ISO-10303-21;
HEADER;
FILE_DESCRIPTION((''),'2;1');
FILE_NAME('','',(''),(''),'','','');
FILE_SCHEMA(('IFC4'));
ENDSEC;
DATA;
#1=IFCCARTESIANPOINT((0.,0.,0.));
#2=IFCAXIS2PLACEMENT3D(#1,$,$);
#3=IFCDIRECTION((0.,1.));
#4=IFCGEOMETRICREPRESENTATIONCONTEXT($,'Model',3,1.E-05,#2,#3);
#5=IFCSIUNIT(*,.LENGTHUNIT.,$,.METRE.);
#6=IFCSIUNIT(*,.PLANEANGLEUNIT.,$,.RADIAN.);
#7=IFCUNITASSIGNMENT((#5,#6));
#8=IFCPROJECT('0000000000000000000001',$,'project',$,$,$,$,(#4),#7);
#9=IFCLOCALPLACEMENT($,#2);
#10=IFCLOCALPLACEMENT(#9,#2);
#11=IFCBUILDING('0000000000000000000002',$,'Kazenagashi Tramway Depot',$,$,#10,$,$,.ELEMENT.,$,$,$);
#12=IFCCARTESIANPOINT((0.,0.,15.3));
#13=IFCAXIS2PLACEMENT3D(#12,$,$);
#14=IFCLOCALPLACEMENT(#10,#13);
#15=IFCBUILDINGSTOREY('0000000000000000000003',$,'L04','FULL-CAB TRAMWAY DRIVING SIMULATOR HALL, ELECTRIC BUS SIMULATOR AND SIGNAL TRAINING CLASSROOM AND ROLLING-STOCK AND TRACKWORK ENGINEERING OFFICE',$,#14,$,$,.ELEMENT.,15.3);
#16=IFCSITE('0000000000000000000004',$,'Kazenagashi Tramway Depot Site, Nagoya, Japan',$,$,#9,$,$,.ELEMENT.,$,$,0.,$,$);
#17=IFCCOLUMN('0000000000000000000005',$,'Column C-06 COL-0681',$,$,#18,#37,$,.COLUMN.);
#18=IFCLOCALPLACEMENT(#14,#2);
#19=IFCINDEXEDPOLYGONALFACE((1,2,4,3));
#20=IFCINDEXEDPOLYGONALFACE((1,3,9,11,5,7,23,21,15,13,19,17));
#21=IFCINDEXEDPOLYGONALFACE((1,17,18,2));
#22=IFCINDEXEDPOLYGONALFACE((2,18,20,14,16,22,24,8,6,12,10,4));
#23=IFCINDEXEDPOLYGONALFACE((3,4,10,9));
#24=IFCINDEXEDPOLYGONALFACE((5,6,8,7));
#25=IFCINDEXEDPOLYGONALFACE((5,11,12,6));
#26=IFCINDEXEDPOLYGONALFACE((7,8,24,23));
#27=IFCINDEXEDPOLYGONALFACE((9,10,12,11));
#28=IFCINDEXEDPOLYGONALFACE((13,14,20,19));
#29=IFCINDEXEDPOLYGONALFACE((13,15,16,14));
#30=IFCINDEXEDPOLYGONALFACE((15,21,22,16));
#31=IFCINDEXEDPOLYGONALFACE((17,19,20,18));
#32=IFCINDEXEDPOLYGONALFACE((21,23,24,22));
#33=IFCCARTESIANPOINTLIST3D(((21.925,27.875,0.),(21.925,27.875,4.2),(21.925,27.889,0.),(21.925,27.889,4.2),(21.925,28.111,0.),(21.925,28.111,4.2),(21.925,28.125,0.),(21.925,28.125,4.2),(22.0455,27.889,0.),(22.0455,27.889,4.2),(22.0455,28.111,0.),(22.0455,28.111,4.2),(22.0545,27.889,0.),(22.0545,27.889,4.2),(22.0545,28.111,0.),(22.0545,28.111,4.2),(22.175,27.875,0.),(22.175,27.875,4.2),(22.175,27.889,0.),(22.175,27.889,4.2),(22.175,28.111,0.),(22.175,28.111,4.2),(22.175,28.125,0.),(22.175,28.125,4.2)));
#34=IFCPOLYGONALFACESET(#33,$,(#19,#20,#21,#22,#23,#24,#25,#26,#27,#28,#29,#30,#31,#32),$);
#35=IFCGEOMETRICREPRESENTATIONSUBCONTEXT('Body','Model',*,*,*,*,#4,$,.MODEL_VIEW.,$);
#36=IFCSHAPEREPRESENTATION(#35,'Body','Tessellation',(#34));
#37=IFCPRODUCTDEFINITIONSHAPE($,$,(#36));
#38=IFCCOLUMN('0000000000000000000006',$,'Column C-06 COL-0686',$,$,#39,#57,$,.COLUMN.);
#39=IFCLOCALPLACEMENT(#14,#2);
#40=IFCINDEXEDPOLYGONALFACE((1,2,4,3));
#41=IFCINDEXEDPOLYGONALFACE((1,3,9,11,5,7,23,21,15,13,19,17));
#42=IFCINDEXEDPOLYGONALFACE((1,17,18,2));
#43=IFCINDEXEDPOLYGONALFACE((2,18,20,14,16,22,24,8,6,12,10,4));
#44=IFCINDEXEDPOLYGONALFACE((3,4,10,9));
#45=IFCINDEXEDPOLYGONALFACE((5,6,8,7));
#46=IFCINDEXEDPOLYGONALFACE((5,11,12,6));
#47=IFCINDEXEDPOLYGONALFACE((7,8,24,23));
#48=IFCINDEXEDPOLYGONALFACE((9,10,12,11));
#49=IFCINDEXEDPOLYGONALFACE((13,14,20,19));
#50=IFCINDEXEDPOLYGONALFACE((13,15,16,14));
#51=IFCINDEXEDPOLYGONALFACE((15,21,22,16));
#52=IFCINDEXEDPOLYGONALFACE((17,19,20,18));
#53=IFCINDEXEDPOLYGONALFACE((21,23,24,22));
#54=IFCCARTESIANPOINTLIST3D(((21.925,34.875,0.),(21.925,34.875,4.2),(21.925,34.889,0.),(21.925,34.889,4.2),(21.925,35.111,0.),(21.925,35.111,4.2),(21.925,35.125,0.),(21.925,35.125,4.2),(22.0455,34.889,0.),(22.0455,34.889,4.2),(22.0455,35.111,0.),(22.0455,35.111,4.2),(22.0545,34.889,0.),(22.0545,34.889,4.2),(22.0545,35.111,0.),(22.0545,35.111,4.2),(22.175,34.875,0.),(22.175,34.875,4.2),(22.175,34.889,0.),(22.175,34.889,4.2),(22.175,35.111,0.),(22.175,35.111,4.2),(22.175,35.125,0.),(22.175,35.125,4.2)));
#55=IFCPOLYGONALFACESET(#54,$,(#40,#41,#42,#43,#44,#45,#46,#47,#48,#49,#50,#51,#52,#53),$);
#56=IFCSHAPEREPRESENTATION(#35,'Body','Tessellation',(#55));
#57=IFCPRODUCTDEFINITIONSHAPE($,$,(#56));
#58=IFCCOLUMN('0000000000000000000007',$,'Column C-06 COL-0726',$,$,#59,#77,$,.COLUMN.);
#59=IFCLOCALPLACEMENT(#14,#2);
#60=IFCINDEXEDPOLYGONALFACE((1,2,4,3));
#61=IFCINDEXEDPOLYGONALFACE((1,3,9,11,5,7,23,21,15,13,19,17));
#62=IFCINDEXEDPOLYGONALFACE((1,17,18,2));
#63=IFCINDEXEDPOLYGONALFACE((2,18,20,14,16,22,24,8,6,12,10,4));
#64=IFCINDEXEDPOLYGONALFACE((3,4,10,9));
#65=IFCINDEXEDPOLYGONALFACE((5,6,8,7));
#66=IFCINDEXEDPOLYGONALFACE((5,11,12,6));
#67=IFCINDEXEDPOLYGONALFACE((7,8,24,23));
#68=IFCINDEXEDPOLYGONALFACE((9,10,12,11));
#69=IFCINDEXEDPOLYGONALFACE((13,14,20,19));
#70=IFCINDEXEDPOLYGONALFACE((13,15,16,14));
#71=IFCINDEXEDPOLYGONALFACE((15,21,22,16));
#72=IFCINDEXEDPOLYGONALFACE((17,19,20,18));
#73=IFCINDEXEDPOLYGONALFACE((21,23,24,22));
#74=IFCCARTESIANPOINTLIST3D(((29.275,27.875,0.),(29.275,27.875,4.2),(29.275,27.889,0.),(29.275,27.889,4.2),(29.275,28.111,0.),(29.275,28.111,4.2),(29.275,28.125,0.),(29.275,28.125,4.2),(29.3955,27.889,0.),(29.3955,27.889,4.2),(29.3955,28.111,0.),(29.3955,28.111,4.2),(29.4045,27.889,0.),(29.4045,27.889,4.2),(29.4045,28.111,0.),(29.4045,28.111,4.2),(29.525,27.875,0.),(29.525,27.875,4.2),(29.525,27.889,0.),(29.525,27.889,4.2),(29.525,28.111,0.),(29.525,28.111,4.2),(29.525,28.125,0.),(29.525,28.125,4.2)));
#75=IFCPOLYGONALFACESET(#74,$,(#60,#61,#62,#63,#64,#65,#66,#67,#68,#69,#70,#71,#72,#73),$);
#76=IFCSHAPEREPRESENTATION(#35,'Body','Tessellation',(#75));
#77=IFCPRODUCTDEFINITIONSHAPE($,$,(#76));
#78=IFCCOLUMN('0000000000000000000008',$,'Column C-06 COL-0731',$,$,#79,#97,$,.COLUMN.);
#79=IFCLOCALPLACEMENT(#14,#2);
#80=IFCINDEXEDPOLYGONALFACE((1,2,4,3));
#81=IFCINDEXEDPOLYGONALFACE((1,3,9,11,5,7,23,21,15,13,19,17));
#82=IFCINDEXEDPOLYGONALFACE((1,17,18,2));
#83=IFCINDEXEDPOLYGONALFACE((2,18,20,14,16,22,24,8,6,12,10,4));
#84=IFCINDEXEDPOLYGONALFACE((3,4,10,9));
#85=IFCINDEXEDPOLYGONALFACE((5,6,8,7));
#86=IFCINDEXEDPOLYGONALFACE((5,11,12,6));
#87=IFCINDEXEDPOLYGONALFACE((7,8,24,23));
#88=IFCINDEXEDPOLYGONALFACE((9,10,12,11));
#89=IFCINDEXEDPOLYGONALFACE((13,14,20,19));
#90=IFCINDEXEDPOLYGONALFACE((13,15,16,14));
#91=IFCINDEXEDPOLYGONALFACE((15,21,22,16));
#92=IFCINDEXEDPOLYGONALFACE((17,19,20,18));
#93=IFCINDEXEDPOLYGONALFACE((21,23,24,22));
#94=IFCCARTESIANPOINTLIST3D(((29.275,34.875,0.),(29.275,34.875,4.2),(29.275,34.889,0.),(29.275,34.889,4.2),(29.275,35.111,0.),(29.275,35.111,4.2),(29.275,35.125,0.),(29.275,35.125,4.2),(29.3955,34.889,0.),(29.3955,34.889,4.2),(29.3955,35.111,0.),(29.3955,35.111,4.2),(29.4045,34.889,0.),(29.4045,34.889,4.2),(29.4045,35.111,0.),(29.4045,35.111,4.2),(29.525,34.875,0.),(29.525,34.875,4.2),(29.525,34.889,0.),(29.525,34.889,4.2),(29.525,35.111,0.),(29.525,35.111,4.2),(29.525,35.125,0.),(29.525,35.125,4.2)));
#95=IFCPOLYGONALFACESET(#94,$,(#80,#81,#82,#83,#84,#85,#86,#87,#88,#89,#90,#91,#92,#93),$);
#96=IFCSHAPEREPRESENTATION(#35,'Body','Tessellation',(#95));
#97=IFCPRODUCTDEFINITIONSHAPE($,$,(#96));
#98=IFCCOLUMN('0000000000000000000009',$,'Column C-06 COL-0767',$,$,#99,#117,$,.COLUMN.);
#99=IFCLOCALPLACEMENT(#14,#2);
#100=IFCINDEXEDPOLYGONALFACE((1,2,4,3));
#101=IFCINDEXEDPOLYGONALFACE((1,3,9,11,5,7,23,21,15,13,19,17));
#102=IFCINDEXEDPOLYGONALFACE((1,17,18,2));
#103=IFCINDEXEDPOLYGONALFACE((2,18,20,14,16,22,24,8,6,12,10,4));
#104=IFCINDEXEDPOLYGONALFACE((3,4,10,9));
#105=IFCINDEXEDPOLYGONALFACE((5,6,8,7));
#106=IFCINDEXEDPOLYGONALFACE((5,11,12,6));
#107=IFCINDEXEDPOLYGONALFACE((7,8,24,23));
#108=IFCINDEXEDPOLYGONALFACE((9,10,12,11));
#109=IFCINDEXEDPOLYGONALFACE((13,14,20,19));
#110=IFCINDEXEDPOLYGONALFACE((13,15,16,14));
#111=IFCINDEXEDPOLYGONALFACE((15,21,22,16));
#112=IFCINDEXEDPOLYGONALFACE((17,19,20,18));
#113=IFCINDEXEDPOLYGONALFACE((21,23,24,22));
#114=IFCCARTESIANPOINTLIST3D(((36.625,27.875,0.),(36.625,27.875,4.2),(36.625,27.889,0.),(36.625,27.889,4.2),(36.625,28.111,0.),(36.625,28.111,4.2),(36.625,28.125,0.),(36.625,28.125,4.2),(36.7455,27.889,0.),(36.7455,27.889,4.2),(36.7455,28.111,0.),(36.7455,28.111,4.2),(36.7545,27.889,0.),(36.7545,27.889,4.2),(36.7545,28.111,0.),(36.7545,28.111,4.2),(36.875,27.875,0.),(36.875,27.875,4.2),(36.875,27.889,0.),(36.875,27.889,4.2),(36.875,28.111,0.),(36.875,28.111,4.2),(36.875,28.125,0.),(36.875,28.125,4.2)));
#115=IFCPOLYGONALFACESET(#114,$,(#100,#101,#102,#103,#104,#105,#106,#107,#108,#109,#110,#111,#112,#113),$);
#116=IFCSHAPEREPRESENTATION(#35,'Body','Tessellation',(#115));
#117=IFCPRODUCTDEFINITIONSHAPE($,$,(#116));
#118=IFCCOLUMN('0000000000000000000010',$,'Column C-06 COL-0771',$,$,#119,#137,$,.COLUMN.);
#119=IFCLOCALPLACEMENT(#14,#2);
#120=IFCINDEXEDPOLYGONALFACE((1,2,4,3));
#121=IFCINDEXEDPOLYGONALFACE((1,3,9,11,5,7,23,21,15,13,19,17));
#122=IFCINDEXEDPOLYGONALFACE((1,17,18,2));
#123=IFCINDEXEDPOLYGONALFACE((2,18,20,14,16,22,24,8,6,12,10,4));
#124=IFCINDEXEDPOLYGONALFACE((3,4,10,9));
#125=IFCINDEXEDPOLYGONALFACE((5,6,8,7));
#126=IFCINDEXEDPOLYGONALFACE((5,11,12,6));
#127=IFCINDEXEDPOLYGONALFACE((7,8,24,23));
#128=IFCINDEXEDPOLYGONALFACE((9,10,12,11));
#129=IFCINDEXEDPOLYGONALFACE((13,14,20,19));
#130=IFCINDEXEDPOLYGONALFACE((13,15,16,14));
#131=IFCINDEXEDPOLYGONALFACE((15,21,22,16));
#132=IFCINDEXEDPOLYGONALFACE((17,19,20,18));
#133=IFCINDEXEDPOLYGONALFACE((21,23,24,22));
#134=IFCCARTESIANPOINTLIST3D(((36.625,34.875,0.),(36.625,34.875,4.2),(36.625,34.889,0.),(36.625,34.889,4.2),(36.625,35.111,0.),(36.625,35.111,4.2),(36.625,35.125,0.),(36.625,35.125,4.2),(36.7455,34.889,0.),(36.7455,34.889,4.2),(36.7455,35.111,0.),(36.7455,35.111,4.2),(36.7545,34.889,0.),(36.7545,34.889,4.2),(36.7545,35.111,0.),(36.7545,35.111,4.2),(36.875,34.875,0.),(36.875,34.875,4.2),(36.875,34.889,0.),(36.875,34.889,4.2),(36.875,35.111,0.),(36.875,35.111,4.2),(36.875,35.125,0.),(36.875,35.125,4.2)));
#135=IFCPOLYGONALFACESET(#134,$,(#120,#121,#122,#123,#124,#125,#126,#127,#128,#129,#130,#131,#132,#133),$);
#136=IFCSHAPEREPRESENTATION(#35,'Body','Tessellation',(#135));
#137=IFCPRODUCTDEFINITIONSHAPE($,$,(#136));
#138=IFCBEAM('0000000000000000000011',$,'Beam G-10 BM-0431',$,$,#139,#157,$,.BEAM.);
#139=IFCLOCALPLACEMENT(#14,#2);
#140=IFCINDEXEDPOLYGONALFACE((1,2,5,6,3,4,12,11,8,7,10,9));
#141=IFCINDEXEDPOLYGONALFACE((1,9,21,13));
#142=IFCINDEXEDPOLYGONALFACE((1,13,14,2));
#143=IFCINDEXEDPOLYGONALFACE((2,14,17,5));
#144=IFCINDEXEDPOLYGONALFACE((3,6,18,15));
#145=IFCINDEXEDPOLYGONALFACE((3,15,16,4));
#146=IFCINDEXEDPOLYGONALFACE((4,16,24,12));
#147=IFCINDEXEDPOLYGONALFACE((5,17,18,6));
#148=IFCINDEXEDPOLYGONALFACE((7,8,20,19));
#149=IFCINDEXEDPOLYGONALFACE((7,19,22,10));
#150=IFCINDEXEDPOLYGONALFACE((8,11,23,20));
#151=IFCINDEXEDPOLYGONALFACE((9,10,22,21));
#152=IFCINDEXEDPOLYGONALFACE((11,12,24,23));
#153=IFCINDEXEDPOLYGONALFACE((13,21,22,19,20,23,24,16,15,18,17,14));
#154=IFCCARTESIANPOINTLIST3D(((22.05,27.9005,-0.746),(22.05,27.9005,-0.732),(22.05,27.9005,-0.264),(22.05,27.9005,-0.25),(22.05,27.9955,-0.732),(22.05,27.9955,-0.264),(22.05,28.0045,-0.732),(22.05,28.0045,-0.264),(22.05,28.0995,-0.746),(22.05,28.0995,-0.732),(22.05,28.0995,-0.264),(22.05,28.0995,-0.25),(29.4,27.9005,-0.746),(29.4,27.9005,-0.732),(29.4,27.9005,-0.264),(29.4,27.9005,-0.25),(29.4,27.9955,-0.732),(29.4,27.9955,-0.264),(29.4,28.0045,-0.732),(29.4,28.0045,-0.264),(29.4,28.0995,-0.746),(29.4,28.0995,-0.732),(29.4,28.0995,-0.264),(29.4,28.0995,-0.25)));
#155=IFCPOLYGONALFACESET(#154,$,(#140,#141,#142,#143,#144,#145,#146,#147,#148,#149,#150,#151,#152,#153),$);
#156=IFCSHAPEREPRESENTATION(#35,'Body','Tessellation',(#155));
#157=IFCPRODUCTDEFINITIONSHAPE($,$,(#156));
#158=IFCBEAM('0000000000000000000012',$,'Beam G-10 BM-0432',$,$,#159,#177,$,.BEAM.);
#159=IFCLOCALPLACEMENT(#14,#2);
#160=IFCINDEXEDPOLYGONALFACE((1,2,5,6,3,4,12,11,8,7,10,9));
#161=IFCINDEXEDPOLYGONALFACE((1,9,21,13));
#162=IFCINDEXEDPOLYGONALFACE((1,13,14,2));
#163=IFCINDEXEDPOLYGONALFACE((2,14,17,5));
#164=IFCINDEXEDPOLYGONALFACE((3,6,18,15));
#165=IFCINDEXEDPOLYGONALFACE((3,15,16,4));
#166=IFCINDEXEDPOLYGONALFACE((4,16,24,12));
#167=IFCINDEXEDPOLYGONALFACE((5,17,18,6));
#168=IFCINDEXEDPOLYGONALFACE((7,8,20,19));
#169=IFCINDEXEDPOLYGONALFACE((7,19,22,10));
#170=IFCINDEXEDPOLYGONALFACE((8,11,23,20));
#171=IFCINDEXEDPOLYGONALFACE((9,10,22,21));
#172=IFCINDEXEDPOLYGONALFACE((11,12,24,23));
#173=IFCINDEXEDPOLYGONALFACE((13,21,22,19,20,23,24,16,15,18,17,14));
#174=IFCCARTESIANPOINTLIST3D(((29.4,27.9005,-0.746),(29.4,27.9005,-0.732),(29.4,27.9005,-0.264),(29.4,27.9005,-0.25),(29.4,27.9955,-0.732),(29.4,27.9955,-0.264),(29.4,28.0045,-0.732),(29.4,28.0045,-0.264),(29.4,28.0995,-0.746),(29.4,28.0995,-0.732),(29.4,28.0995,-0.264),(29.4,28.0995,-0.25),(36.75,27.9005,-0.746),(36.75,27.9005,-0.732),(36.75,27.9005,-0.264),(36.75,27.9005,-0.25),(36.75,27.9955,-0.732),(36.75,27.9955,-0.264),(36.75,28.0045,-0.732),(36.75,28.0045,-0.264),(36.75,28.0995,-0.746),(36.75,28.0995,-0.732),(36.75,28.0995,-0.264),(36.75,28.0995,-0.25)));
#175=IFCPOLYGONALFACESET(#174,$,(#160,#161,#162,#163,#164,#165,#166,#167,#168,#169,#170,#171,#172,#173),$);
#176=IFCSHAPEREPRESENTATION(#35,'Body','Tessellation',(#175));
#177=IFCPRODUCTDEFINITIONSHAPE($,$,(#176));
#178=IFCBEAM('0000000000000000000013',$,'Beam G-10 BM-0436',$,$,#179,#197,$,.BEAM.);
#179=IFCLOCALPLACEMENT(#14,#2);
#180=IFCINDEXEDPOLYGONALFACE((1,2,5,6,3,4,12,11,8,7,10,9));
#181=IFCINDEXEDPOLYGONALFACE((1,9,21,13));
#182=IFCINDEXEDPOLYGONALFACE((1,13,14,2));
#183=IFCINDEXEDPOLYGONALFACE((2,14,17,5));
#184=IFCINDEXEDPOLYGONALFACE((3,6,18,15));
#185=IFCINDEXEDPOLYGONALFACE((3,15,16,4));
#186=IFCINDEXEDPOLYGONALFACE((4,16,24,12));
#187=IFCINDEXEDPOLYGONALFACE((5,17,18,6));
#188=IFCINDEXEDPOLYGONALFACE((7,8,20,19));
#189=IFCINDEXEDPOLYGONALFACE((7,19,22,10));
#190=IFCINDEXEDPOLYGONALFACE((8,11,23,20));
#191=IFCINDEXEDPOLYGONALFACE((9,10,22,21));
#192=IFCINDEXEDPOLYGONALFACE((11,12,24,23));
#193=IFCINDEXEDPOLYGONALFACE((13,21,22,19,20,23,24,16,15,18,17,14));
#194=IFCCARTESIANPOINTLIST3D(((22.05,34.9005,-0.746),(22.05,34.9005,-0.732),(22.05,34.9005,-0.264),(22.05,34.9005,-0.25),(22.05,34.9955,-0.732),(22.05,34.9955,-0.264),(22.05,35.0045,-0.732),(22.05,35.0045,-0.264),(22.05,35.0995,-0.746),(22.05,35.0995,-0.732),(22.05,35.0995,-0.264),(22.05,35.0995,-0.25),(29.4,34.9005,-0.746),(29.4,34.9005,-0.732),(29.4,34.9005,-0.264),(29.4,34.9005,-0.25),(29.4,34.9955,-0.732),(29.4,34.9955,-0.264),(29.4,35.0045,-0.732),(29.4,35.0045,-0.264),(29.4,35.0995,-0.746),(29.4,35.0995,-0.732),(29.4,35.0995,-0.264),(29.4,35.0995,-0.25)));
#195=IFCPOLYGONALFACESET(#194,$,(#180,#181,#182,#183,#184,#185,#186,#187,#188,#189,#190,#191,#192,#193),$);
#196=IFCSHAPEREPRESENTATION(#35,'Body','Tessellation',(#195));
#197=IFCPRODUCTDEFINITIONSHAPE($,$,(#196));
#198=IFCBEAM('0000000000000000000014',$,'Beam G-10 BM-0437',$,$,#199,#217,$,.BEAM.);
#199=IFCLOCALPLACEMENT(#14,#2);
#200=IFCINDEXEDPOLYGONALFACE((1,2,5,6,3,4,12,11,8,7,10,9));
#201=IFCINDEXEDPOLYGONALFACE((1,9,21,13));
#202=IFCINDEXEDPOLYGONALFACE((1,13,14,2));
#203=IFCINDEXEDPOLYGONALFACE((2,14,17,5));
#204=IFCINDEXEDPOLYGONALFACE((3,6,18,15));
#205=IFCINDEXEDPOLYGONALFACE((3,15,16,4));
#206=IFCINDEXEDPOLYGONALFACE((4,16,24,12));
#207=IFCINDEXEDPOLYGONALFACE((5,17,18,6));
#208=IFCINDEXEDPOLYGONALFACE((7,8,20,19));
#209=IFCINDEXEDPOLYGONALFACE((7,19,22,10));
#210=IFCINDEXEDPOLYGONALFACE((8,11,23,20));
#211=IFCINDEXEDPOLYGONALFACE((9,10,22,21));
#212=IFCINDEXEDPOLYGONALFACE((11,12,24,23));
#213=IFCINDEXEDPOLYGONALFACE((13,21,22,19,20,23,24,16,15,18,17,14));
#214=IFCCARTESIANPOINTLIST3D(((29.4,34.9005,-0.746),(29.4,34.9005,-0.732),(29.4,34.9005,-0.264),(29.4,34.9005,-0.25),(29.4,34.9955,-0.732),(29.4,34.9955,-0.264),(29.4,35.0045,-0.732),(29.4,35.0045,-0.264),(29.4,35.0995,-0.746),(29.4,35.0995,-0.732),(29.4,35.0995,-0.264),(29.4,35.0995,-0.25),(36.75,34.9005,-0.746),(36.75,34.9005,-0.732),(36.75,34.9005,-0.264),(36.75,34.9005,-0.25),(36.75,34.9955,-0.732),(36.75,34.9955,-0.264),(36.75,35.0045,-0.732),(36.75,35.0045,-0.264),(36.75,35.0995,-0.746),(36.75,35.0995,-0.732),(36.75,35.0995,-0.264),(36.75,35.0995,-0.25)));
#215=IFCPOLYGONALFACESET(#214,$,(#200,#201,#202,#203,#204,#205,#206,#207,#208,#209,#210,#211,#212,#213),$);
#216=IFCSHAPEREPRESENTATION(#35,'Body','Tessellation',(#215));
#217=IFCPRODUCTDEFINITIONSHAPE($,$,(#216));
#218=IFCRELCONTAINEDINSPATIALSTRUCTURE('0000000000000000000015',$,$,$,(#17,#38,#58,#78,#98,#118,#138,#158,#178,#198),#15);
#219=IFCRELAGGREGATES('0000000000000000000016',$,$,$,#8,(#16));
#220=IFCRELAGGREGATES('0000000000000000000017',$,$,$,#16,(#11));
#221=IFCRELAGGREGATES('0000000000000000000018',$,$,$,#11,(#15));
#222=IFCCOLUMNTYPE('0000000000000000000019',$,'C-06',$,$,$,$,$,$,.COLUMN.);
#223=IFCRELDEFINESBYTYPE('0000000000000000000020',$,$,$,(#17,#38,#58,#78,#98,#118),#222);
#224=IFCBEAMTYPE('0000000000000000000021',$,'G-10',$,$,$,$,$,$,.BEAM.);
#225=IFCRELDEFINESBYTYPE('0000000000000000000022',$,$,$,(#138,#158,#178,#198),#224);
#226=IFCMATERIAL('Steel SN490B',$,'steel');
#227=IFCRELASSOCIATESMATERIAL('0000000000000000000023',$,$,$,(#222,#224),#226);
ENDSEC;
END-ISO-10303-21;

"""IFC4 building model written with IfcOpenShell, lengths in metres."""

from ifc_helpers import new_model, si_unit, direction, frame, origin, origin_2d, place, context, subcontext, project, spatial, i_section, extrude, material, material_profile, profile_set, type_object, element, save


model = new_model("IFC4")

# Units and contexts
model_context = context("Model", 3, precision=1e-05, world=origin(), true_north=direction((0.0, 1.0)))
body_context = subcontext(model_context, "Body", "Model", "MODEL_VIEW")
ifc_project = project(units=[si_unit("LENGTHUNIT", "METRE"), si_unit("PLANEANGLEUNIT", "RADIAN")], contexts=[model_context])

# Site, building, storey
site_placement = place(None, origin())
site = spatial("IfcSite", under=ifc_project, at=site_placement, Name="Kazenagashi Tramway Depot Site, Nagoya, Japan", CompositionType="ELEMENT", RefElevation=0.0)
building_placement = place(site_placement, origin())
building = spatial("IfcBuilding", under=site, at=building_placement, Name="Kazenagashi Tramway Depot", CompositionType="ELEMENT")
storey_placement = place(building_placement, frame((0.0, 0.0, 15.3)))
storey = spatial("IfcBuildingStorey", under=building, at=storey_placement, Name="L04", Description="FULL-CAB TRAMWAY DRIVING SIMULATOR HALL, ELECTRIC BUS SIMULATOR AND SIGNAL TRAINING CLASSROOM AND ROLLING-STOCK AND TRACKWORK ENGINEERING OFFICE", CompositionType="ELEMENT", Elevation=15.3)

# Columns
ifc_material_1 = material(Name="Steel SN490B", Category="steel")
ifc_material_profile_1 = material_profile(ifc_material_1, i_section(OverallWidth=0.25, OverallDepth=0.25, WebThickness=0.009, FlangeThickness=0.014, at=origin_2d()), Name="H-250x250x9x14")
ifc_profile_set_1 = profile_set([ifc_material_profile_1], Name="Steel SN490B")
column_type = type_object("IfcColumnType", Name="C-06", PredefinedType="COLUMN", material=ifc_profile_set_1)
for number, where, z_axis, x_axis, name in (
    (1, (22.05, 28.0, 0.0), (0.0, 0.0, 1.0), (1.0, 0.0, 0.0), "Column C-06 COL-0681"),
    (2, (22.05, 35.0, 0.0), (0.0, 0.0, 1.0), (1.0, 0.0, 0.0), "Column C-06 COL-0686"),
    (3, (29.4, 28.0, 0.0), (0.0, 0.0, 1.0), (1.0, 0.0, 0.0), "Column C-06 COL-0726"),
    (4, (29.4, 35.0, 0.0), (0.0, 0.0, 1.0), (1.0, 0.0, 0.0), "Column C-06 COL-0731"),
    (5, (36.75, 28.0, 0.0), (0.0, 0.0, 1.0), (1.0, 0.0, 0.0), "Column C-06 COL-0767"),
    (6, (36.75, 35.0, 0.0), (0.0, 0.0, 1.0), (1.0, 0.0, 0.0), "Column C-06 COL-0771"),
):
    element("IfcColumn", number, at=place(storey_placement, frame(where, z_axis=z_axis, x_axis=x_axis)), inside=storey, type_object=column_type, Name=name, PredefinedType="COLUMN", context=body_context, shape_type="SweptSolid", body=[
        extrude(i_section(OverallWidth=0.25, OverallDepth=0.25, WebThickness=0.009, FlangeThickness=0.014, at=origin_2d()), origin(), (0.0, 0.0, 1.0), 4.2),
    ])

# Beams
ifc_material_profile_2 = material_profile(ifc_material_1, i_section(OverallWidth=0.199, OverallDepth=0.496, WebThickness=0.009, FlangeThickness=0.014, at=origin_2d()), Name="H-496x199x9x14")
ifc_profile_set_2 = profile_set([ifc_material_profile_2], Name="Steel SN490B")
beam_type_1 = type_object("IfcBeamType", Name="G-10", PredefinedType="BEAM", material=ifc_profile_set_2)
for number, where, z_axis, x_axis, name in (
    (7, (22.05, 28.0, -0.498), (1.0, 0.0, 0.0), (0.0, 1.0, 0.0), "Beam G-10 BM-0431"),
    (8, (29.4, 28.0, -0.498), (1.0, 0.0, 0.0), (0.0, 1.0, 0.0), "Beam G-10 BM-0432"),
    (9, (22.05, 35.0, -0.498), (1.0, 0.0, 0.0), (0.0, 1.0, 0.0), "Beam G-10 BM-0436"),
    (10, (29.4, 35.0, -0.498), (1.0, 0.0, 0.0), (0.0, 1.0, 0.0), "Beam G-10 BM-0437"),
):
    element("IfcBeam", number, at=place(storey_placement, frame(where, z_axis=z_axis, x_axis=x_axis)), inside=storey, type_object=beam_type_1, Name=name, PredefinedType="BEAM", context=body_context, shape_type="SweptSolid", body=[
        extrude(i_section(OverallWidth=0.199, OverallDepth=0.496, WebThickness=0.009, FlangeThickness=0.014, at=origin_2d()), origin(), (0.0, 0.0, 1.0), 7.35),
    ])

save(model, "model.ifc")
